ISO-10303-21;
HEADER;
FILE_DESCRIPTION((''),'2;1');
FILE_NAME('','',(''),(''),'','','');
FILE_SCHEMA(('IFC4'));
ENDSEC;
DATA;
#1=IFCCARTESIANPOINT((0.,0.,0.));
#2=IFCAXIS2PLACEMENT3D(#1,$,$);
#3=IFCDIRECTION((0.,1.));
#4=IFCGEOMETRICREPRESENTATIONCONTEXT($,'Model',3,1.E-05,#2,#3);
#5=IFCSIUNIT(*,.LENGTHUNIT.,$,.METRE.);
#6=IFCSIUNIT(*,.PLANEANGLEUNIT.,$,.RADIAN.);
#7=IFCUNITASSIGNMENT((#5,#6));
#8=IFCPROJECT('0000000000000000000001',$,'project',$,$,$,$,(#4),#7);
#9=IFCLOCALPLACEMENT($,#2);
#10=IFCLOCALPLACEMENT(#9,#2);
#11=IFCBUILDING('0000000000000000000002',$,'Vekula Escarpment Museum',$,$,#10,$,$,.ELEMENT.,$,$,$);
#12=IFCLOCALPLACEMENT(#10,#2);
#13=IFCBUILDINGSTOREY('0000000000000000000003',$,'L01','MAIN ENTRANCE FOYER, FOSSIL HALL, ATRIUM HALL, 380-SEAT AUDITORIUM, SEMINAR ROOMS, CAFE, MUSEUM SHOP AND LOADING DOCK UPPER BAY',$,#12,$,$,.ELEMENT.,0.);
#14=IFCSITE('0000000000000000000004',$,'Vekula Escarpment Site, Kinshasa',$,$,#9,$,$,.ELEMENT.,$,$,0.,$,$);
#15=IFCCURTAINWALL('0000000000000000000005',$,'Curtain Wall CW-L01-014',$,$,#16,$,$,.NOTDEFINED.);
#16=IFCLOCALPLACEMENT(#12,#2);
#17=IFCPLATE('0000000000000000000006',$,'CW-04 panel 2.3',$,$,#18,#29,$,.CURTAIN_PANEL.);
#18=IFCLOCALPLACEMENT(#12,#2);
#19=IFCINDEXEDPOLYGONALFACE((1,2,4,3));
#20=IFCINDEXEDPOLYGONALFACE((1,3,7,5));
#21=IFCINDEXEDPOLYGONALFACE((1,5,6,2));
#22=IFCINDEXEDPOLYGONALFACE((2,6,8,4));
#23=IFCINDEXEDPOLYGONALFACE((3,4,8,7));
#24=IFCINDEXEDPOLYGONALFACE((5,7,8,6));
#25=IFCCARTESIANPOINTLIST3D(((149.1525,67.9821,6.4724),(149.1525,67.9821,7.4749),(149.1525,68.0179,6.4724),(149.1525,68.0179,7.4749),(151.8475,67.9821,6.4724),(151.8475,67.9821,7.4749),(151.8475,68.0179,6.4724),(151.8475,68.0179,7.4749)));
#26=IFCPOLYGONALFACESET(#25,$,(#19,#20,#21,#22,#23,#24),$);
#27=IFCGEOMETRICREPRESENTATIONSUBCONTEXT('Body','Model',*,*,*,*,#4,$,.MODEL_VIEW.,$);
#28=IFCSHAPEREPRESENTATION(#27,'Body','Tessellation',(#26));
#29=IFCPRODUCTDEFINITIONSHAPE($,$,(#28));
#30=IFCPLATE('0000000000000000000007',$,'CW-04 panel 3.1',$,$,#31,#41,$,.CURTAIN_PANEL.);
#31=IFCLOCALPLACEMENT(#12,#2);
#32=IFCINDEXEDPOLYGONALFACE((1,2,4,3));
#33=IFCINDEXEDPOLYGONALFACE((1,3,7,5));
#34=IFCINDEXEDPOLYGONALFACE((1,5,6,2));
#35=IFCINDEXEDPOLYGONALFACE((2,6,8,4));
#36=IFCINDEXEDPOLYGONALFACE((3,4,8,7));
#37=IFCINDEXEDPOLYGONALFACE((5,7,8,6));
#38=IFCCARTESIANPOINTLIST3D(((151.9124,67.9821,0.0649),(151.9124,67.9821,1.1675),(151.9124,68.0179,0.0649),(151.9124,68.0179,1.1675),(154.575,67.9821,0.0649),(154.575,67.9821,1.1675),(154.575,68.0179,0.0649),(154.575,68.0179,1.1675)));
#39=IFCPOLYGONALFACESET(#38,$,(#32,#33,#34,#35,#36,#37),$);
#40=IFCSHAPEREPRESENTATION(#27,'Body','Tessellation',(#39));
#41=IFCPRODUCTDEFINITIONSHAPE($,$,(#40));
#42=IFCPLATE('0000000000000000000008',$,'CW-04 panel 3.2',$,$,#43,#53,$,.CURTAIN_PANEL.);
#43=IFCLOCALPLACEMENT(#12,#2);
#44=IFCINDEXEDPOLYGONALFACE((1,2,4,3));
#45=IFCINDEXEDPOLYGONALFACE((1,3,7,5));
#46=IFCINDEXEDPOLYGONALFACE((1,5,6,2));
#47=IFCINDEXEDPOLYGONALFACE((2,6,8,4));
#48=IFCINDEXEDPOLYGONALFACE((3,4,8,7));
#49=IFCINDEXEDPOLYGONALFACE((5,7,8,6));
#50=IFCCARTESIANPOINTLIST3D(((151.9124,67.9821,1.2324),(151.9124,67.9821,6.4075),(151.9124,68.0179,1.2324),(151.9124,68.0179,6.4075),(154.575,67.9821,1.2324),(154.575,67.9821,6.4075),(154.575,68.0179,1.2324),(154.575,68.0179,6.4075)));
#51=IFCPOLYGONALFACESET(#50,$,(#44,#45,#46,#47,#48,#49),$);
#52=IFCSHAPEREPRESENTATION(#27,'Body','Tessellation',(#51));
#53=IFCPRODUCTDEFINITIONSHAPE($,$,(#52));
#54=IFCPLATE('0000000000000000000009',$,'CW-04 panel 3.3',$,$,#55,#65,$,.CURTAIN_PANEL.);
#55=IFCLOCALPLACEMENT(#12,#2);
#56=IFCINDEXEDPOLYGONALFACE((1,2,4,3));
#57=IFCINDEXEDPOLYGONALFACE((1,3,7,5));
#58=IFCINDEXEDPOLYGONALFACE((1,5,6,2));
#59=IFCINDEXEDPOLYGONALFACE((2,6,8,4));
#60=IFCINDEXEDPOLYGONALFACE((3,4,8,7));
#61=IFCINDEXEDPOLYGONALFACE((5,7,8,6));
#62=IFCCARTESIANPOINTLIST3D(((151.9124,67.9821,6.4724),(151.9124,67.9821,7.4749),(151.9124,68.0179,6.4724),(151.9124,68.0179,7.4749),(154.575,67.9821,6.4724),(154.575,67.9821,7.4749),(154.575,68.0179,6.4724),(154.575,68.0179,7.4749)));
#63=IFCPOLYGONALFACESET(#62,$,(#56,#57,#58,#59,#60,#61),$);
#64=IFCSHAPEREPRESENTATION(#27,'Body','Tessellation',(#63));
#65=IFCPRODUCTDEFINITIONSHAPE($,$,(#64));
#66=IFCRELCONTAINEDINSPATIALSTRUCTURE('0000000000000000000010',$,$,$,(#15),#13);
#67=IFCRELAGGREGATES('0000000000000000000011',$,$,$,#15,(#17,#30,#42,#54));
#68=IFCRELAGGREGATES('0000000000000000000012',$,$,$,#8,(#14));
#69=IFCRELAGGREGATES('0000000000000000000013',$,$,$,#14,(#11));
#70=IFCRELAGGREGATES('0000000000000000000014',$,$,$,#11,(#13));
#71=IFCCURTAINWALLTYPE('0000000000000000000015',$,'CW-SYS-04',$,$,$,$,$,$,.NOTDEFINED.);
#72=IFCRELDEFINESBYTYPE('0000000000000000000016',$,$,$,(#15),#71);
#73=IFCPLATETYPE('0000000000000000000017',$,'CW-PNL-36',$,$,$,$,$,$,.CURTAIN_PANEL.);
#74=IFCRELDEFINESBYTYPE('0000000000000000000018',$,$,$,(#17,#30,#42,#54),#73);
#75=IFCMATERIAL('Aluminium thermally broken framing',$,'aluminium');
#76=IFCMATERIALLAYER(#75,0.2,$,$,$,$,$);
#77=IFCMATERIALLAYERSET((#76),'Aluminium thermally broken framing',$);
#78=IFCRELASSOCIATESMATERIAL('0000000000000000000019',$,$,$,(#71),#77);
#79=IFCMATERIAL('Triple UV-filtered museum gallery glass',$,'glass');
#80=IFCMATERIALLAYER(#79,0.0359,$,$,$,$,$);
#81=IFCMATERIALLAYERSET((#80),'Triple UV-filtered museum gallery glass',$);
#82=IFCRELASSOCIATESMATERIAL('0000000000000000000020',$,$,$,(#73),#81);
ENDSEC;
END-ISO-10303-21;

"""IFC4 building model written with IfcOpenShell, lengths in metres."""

from ifc_helpers import new_model, si_unit, direction, frame, origin, origin_2d, place, context, subcontext, project, spatial, rectangle, extrude, material, layer, layer_set, type_object, element, aggregate, save


model = new_model("IFC4")

# Units and contexts
model_context = context("Model", 3, precision=1e-05, world=origin(), true_north=direction((0.0, 1.0)))
body_context = subcontext(model_context, "Body", "Model", "MODEL_VIEW")
ifc_project = project(units=[si_unit("LENGTHUNIT", "METRE"), si_unit("PLANEANGLEUNIT", "RADIAN")], contexts=[model_context])

# Site, building, storey
site_placement = place(None, origin())
site = spatial("IfcSite", under=ifc_project, at=site_placement, Name="Vekula Escarpment Site, Kinshasa", CompositionType="ELEMENT", RefElevation=0.0)
building_placement = place(site_placement, origin())
building = spatial("IfcBuilding", under=site, at=building_placement, Name="Vekula Escarpment Museum", CompositionType="ELEMENT")
storey_placement = place(building_placement, origin())
storey = spatial("IfcBuildingStorey", under=building, at=storey_placement, Name="L01", Description="MAIN ENTRANCE FOYER, FOSSIL HALL, ATRIUM HALL, 380-SEAT AUDITORIUM, SEMINAR ROOMS, CAFE, MUSEUM SHOP AND LOADING DOCK UPPER BAY", CompositionType="ELEMENT", Elevation=0.0)

# Curtain wall
ifc_material_1 = material(Name="Aluminium thermally broken framing", Category="aluminium")
ifc_layer_1 = layer(ifc_material_1, 0.2)
ifc_layer_set_1 = layer_set([ifc_layer_1], Name="Aluminium thermally broken framing")
curtain_wall_type_1 = type_object("IfcCurtainWallType", Name="CW-SYS-04", PredefinedType="NOTDEFINED", material=ifc_layer_set_1)
curtain_wall_1_placement = place(storey_placement, origin())
curtain_wall_1 = element("IfcCurtainWall", 1, at=curtain_wall_1_placement, inside=storey, type_object=curtain_wall_type_1, Name="Curtain Wall CW-L01-014", PredefinedType="NOTDEFINED")

# Plates
ifc_material_2 = material(Name="Triple UV-filtered museum gallery glass", Category="glass")
ifc_layer_2 = layer(ifc_material_2, 0.0359)
ifc_layer_set_2 = layer_set([ifc_layer_2], Name="Triple UV-filtered museum gallery glass")
plate_type_1 = type_object("IfcPlateType", Name="CW-PNL-36", PredefinedType="CURTAIN_PANEL", material=ifc_layer_set_2)
plate_1_placement = place(storey_placement, frame((150.5, 68.0, 6.4724), z_axis=(0.0, 0.0, 1.0), x_axis=(1.0, 0.0, 0.0)))
plate_1 = element("IfcPlate", 2, at=plate_1_placement, type_object=plate_type_1, Name="CW-04 panel 2.3", PredefinedType="CURTAIN_PANEL", context=body_context, shape_type="SweptSolid", body=[
    extrude(rectangle(XDim=2.6951, YDim=0.0359, at=origin_2d()), origin(), (0.0, 0.0, 1.0), 1.0024),
])
plate_2_placement = place(storey_placement, frame((153.2437, 68.0, 0.0649), z_axis=(0.0, 0.0, 1.0), x_axis=(1.0, 0.0, 0.0)))
plate_2 = element("IfcPlate", 3, at=plate_2_placement, type_object=plate_type_1, Name="CW-04 panel 3.1", PredefinedType="CURTAIN_PANEL", context=body_context, shape_type="SweptSolid", body=[
    extrude(rectangle(XDim=2.6626, YDim=0.0359, at=origin_2d()), origin(), (0.0, 0.0, 1.0), 1.1025),
])
plate_3_placement = place(storey_placement, frame((153.2437, 68.0, 1.2324), z_axis=(0.0, 0.0, 1.0), x_axis=(1.0, 0.0, 0.0)))
plate_3 = element("IfcPlate", 4, at=plate_3_placement, type_object=plate_type_1, Name="CW-04 panel 3.2", PredefinedType="CURTAIN_PANEL", context=body_context, shape_type="SweptSolid", body=[
    extrude(rectangle(XDim=2.6626, YDim=0.0359, at=origin_2d()), origin(), (0.0, 0.0, 1.0), 5.175),
])
plate_4_placement = place(storey_placement, frame((153.2437, 68.0, 6.4724), z_axis=(0.0, 0.0, 1.0), x_axis=(1.0, 0.0, 0.0)))
plate_4 = element("IfcPlate", 5, at=plate_4_placement, type_object=plate_type_1, Name="CW-04 panel 3.3", PredefinedType="CURTAIN_PANEL", context=body_context, shape_type="SweptSolid", body=[
    extrude(rectangle(XDim=2.6626, YDim=0.0359, at=origin_2d()), origin(), (0.0, 0.0, 1.0), 1.0024),
])
aggregate(curtain_wall_1, [plate_1, plate_2, plate_3, plate_4])

save(model, "model.ifc")
